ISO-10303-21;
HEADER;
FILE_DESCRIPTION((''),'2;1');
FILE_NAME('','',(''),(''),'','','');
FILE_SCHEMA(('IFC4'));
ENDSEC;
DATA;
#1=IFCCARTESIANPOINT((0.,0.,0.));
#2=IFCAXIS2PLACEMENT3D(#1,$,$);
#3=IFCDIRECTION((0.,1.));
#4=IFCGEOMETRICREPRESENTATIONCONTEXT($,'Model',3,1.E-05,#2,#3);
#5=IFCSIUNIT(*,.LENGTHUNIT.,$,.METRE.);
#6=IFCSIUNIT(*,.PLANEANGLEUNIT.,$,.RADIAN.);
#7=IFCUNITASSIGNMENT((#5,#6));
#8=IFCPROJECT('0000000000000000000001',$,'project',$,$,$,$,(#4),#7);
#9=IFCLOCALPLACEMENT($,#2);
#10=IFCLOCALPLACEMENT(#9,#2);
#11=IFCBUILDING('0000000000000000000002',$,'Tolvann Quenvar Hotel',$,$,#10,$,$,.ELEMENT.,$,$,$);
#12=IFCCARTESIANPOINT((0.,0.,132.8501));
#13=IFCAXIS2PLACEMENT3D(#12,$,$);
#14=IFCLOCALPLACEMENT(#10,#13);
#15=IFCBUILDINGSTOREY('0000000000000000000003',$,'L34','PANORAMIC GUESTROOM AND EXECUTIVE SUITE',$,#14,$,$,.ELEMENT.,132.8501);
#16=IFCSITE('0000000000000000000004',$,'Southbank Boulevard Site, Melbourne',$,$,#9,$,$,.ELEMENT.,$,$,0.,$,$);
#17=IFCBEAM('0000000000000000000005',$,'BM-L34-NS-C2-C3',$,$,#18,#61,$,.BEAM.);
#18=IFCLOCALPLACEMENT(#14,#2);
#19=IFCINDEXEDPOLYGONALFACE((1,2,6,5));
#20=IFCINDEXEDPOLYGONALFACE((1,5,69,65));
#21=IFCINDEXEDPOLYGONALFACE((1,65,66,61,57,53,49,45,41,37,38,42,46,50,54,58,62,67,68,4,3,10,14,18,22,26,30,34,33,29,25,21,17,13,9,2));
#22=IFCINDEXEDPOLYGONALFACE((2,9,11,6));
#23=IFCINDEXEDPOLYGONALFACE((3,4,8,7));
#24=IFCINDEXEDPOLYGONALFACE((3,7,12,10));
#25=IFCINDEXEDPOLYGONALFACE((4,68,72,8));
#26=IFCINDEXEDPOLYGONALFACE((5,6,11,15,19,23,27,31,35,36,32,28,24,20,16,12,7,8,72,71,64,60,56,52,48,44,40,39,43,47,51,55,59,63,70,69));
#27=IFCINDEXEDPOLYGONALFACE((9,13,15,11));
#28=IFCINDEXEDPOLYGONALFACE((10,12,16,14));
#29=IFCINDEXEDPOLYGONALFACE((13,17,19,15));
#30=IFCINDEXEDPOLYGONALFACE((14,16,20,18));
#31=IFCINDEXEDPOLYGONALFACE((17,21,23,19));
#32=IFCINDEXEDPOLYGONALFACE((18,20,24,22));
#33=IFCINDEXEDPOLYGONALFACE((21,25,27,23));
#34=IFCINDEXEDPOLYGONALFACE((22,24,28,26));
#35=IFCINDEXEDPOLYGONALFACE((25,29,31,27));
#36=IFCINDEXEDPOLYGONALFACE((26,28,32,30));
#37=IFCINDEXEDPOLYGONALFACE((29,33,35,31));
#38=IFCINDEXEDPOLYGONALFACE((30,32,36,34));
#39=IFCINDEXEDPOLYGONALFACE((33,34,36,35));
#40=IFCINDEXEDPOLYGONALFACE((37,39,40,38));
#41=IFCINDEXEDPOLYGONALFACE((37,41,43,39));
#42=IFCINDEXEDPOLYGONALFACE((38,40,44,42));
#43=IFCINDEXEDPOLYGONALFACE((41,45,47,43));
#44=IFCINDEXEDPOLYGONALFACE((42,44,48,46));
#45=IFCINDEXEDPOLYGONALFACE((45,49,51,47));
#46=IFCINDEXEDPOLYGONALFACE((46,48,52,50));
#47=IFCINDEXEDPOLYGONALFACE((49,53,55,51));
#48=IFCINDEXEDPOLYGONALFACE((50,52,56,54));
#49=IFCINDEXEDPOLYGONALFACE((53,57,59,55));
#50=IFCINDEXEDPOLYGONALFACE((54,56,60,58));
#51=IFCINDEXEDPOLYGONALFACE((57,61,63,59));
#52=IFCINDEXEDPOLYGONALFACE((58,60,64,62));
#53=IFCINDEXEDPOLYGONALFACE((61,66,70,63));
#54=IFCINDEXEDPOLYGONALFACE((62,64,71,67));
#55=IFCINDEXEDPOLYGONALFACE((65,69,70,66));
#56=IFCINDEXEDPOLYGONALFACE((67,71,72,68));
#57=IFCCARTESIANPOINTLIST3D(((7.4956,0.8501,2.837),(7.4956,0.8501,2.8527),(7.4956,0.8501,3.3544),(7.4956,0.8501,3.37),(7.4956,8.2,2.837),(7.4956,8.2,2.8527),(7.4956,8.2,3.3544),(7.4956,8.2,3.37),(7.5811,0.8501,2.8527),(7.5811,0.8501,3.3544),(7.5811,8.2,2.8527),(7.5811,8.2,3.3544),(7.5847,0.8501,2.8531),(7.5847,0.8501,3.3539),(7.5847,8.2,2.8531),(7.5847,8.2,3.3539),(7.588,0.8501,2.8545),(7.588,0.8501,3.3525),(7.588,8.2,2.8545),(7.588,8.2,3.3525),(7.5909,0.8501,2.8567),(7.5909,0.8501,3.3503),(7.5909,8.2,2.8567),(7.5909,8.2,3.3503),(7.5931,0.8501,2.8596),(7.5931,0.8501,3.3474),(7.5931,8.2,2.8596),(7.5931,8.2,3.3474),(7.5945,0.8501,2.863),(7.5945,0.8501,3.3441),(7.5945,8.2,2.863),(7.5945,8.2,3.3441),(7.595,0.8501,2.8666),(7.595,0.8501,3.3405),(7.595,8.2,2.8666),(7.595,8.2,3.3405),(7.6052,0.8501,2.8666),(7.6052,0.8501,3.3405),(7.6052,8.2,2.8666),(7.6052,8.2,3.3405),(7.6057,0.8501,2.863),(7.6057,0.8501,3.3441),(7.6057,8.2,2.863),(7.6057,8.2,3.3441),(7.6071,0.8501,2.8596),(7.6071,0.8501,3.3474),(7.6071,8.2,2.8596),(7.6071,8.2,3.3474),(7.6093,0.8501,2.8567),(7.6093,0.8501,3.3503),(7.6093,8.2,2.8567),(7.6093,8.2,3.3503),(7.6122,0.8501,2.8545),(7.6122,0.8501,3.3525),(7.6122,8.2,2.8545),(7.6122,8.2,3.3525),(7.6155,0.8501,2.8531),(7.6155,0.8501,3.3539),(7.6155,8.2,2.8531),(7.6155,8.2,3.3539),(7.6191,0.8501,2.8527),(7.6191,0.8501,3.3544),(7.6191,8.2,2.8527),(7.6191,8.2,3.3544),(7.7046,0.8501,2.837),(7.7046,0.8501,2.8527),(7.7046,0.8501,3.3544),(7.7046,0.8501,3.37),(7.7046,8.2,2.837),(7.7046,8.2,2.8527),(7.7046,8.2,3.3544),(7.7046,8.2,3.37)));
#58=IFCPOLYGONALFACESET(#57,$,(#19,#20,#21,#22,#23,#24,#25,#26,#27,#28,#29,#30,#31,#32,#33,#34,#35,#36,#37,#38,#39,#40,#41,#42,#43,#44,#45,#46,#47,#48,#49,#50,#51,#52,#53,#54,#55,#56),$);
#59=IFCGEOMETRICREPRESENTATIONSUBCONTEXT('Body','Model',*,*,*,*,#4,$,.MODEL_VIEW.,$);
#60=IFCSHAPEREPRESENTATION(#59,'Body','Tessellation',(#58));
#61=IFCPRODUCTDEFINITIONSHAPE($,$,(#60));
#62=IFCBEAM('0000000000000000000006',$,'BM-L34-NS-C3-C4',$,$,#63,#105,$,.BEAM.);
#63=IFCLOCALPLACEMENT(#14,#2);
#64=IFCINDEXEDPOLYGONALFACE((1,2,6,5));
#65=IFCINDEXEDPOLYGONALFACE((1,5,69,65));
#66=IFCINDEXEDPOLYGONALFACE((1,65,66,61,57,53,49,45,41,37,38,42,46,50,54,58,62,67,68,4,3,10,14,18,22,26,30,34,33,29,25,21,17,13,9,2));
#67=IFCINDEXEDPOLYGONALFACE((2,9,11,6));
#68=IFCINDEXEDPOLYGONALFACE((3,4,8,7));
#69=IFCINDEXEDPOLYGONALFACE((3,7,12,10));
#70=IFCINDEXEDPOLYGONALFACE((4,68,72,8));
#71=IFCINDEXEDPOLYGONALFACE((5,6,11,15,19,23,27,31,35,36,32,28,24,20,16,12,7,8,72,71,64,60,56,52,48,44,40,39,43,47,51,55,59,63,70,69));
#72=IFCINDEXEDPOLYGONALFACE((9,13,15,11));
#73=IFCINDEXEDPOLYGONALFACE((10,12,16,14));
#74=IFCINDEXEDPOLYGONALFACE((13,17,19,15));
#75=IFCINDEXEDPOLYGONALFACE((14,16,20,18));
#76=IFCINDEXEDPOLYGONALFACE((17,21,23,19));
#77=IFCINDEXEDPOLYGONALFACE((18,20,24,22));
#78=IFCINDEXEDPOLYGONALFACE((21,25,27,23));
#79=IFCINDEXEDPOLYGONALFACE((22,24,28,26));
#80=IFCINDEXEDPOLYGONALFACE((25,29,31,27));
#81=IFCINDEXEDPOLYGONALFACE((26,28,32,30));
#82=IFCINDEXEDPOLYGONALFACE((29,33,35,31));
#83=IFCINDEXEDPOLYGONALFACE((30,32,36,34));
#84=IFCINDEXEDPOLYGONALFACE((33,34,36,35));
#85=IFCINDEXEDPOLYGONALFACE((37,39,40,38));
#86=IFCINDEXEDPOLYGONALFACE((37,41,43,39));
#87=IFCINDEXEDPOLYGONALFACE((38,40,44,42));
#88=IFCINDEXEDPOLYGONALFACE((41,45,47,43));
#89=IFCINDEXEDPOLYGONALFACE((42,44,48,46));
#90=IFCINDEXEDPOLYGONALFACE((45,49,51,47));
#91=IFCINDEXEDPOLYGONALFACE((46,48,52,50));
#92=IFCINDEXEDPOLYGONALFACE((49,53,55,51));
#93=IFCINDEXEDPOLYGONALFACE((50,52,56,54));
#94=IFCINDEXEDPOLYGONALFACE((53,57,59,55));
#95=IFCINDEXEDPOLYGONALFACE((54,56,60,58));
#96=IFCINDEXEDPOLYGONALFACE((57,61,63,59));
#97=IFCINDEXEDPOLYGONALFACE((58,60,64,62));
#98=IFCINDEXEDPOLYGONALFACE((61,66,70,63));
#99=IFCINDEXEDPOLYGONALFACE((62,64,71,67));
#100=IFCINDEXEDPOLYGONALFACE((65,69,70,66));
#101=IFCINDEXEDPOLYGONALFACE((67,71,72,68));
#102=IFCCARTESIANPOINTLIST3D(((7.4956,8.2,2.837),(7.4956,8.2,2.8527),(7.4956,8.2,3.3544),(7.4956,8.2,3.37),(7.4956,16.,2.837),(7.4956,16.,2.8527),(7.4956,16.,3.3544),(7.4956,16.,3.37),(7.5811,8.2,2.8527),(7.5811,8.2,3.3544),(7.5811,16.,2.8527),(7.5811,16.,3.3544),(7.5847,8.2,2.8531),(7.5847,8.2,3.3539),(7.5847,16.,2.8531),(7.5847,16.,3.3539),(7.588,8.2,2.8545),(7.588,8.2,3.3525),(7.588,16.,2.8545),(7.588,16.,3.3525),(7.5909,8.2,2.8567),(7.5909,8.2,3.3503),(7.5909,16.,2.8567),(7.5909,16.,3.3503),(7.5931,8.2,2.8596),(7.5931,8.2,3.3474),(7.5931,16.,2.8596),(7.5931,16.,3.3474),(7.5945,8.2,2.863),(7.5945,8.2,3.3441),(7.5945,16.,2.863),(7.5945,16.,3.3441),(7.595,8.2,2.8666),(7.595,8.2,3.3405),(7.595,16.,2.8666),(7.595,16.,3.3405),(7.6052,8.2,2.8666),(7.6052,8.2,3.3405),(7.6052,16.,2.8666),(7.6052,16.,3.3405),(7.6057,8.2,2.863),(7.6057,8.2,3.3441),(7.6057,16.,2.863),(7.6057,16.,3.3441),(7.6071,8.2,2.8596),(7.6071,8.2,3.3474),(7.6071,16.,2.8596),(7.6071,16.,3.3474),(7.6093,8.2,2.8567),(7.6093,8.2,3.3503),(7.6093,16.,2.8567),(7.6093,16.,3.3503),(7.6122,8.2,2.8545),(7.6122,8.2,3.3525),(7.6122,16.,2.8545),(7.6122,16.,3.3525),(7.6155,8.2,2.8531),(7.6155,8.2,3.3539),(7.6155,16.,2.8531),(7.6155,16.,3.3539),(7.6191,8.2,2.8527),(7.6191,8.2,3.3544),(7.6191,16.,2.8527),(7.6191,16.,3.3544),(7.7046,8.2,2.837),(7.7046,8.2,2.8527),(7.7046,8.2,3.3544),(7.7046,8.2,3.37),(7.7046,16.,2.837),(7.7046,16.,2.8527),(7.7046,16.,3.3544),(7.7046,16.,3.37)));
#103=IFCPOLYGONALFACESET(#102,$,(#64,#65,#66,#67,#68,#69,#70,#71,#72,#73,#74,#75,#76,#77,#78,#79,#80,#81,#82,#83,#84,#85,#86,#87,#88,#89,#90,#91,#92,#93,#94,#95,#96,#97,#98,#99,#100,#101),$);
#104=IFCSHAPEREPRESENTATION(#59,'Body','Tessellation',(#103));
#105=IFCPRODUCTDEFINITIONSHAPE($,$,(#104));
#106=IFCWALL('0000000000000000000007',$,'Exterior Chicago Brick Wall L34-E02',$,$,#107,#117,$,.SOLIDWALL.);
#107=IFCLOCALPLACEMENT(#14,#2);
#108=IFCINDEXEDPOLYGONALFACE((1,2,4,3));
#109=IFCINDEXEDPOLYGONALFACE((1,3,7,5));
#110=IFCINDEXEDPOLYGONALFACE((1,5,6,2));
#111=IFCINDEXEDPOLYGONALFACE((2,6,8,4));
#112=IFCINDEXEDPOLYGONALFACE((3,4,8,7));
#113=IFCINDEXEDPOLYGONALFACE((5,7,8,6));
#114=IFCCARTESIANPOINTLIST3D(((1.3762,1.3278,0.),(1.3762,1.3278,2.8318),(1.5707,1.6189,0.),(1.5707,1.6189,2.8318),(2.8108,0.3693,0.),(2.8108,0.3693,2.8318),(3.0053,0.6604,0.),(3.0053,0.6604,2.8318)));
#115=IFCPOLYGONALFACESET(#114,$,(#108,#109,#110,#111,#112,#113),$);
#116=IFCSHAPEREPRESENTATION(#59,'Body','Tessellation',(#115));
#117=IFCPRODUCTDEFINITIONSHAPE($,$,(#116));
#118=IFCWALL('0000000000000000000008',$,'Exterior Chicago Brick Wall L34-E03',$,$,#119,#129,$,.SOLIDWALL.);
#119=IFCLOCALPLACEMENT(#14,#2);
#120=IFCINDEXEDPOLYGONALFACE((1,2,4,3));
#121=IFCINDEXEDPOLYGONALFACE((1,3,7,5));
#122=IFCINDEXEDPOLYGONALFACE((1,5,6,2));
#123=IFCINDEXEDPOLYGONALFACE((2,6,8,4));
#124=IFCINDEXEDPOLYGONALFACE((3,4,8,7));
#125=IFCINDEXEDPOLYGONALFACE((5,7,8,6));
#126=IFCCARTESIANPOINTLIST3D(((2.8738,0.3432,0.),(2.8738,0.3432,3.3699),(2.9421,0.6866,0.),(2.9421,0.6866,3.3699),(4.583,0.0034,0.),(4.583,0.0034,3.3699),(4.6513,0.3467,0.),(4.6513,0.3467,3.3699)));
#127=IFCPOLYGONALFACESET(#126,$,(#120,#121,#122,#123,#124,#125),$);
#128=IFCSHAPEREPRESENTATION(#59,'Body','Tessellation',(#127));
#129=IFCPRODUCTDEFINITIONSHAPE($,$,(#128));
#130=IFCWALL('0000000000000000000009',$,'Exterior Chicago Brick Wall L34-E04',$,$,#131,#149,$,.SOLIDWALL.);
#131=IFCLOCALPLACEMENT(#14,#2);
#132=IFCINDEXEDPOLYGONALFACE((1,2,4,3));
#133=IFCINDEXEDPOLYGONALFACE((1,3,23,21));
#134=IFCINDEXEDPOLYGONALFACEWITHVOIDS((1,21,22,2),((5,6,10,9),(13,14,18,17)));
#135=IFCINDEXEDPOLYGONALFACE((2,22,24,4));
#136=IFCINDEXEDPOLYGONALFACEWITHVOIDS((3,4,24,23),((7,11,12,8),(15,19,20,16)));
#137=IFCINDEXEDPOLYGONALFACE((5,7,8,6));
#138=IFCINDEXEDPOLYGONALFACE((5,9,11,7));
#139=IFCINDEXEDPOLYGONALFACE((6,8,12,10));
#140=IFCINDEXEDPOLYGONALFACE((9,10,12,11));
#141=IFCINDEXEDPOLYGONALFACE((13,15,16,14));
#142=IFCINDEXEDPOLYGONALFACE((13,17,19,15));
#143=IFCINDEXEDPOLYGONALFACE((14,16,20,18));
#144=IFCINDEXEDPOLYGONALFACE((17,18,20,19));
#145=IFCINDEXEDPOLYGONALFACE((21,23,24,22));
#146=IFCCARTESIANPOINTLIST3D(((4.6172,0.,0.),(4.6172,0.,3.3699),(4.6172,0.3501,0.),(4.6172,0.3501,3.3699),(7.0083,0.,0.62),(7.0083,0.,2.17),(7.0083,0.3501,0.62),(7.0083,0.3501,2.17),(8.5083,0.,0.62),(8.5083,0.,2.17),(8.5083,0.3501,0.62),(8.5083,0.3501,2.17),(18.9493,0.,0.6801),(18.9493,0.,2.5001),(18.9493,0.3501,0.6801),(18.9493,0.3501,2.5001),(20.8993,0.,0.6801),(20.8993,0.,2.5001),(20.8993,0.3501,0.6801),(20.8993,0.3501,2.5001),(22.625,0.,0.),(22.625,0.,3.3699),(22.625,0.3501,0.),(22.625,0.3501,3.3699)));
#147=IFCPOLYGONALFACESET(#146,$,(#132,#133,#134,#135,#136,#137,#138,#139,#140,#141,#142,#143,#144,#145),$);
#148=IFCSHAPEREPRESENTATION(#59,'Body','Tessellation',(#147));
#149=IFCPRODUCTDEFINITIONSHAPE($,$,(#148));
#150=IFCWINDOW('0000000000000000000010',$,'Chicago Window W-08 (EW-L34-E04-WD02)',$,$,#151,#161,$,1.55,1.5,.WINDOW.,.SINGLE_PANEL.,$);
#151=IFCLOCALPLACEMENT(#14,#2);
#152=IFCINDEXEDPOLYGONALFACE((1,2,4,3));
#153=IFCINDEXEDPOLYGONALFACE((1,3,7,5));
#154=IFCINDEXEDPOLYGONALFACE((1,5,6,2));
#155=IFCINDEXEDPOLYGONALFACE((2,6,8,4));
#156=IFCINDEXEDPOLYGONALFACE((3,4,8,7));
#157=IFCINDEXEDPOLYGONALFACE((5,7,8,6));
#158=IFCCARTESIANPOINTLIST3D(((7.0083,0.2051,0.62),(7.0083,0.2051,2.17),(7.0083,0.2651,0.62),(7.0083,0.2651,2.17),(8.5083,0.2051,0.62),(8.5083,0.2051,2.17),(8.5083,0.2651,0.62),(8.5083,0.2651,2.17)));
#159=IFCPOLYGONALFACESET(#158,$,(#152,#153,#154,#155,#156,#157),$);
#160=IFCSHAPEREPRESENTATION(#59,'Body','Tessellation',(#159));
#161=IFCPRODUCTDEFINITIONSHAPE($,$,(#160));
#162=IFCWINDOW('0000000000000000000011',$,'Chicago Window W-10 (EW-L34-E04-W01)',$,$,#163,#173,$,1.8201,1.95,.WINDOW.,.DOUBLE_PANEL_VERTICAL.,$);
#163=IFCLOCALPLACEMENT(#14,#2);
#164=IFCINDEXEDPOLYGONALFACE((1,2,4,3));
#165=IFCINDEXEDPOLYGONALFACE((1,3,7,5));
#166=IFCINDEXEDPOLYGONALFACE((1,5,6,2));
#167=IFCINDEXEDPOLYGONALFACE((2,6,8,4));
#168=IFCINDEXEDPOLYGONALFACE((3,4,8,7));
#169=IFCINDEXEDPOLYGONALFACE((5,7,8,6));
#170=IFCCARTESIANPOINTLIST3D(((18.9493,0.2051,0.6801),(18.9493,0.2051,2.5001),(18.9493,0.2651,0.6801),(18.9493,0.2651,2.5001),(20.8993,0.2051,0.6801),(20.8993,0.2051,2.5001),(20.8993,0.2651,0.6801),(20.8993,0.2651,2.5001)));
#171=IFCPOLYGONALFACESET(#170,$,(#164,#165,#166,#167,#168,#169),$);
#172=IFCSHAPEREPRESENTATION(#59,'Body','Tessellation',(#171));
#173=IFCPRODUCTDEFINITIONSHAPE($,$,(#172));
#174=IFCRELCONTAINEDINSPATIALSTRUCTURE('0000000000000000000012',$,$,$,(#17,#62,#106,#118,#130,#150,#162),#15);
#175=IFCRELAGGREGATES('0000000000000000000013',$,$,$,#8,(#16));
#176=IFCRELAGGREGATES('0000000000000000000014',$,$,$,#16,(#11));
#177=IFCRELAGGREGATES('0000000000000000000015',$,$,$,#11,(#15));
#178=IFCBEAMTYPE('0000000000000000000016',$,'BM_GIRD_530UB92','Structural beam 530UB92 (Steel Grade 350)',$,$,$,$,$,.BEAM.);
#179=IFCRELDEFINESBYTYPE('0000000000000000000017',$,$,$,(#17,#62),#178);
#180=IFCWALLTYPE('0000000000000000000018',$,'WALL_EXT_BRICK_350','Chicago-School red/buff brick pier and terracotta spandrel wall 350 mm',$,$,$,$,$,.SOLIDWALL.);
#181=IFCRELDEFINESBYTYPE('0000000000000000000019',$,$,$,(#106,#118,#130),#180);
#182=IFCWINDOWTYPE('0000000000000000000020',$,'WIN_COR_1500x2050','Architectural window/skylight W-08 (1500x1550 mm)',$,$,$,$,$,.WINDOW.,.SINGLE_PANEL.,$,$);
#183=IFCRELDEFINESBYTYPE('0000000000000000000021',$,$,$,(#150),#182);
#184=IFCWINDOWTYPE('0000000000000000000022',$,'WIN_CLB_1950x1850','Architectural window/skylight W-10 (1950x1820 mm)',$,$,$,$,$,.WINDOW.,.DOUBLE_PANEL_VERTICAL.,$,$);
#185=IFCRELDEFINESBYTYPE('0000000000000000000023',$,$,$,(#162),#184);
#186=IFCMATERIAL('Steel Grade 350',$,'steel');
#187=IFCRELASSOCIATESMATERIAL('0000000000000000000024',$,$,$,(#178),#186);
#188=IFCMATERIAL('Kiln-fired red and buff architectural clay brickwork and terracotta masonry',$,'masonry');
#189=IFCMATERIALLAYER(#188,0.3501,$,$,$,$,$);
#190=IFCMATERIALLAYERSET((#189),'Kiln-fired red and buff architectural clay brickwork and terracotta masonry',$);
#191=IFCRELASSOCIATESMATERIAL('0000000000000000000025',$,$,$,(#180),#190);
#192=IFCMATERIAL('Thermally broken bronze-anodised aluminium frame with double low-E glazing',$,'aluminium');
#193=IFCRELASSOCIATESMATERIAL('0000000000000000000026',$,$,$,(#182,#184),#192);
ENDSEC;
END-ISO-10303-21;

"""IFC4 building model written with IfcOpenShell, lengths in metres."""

from ifc_helpers import new_model, si_unit, direction, frame, frame_2d, origin, origin_2d, place, context, subcontext, project, spatial, rectangle, i_section, extrude, source, transform, mapped, material, layer, layer_set, material_profile, profile_set, type_object, type_shapes, element, fill, save


model = new_model("IFC4")

# Units and contexts
model_context = context("Model", 3, precision=1e-05, world=origin(), true_north=direction((0.0, 1.0)))
body_context = subcontext(model_context, "Body", "Model", "MODEL_VIEW")
ifc_project = project(units=[si_unit("LENGTHUNIT", "METRE"), si_unit("PLANEANGLEUNIT", "RADIAN")], contexts=[model_context])

# Site, building, storey
site_placement = place(None, origin())
site = spatial("IfcSite", under=ifc_project, at=site_placement, Name="Southbank Boulevard Site, Melbourne", CompositionType="ELEMENT", RefElevation=0.0)
building_placement = place(site_placement, origin())
building = spatial("IfcBuilding", under=site, at=building_placement, Name="Tolvann Quenvar Hotel", CompositionType="ELEMENT")
storey_placement = place(building_placement, frame((0.0, 0.0, 132.8501)))
storey = spatial("IfcBuildingStorey", under=building, at=storey_placement, Name="L34", Description="PANORAMIC GUESTROOM AND EXECUTIVE SUITE", CompositionType="ELEMENT", Elevation=132.8501)

# Shared definitions
ifc_material_1 = material(Name="Steel Grade 350", Category="steel")

# Beams
ifc_material_profile_1 = material_profile(ifc_material_1, i_section(OverallWidth=0.209, OverallDepth=0.533, WebThickness=0.0103, FlangeThickness=0.0156, FilletRadius=0.0139, at=origin_2d()), Name="530UB92")
ifc_profile_set_1 = profile_set([ifc_material_profile_1], Name="Steel Grade 350")
beam_type_1 = type_object("IfcBeamType", Name="BM_GIRD_530UB92", Description="Structural beam 530UB92 (Steel Grade 350)", PredefinedType="BEAM", material=ifc_profile_set_1)
shared_shape_1 = source(origin(), body_context, "Body", "SweptSolid", [
    extrude(i_section(OverallWidth=0.209, OverallDepth=0.533, WebThickness=0.0103, FlangeThickness=0.0156, FilletRadius=0.0139, at=origin_2d()), origin(), (0.0, 0.0, 1.0), 7.3499),
])
beam_1_placement = place(storey_placement, frame((7.6001, 0.8501, 3.1035), z_axis=(0.0, 1.0, 0.0), x_axis=(-1.0, 0.0, 0.0)))
element("IfcBeam", 1, at=beam_1_placement, inside=storey, type_object=beam_type_1, Name="BM-L34-NS-C2-C3", PredefinedType="BEAM", context=body_context, shape_type="MappedRepresentation", body=[
    mapped(shared_shape_1, transform((0.0, 0.0, 0.0), x_axis=(1.0, 0.0, 0.0), y_axis=(0.0, 1.0, 0.0), z_axis=(0.0, 0.0, 1.0), scale=1.0)),
])
shared_shape_2 = source(origin(), body_context, "Body", "SweptSolid", [
    extrude(i_section(OverallWidth=0.209, OverallDepth=0.533, WebThickness=0.0103, FlangeThickness=0.0156, FilletRadius=0.0139, at=origin_2d()), origin(), (0.0, 0.0, 1.0), 7.8),
])
type_shapes(beam_type_1, [shared_shape_1, shared_shape_2])
beam_2_placement = place(storey_placement, frame((7.6001, 8.2, 3.1035), z_axis=(0.0, 1.0, 0.0), x_axis=(-1.0, 0.0, 0.0)))
element("IfcBeam", 2, at=beam_2_placement, inside=storey, type_object=beam_type_1, Name="BM-L34-NS-C3-C4", PredefinedType="BEAM", context=body_context, shape_type="MappedRepresentation", body=[
    mapped(shared_shape_2, transform((0.0, 0.0, 0.0), x_axis=(1.0, 0.0, 0.0), y_axis=(0.0, 1.0, 0.0), z_axis=(0.0, 0.0, 1.0), scale=1.0)),
])

# Walls
ifc_material_2 = material(Name="Kiln-fired red and buff architectural clay brickwork and terracotta masonry", Category="masonry")
ifc_layer_1 = layer(ifc_material_2, 0.3501)
ifc_layer_set_1 = layer_set([ifc_layer_1], Name="Kiln-fired red and buff architectural clay brickwork and terracotta masonry")
wall_type_1 = type_object("IfcWallType", Name="WALL_EXT_BRICK_350", Description="Chicago-School red/buff brick pier and terracotta spandrel wall 350 mm", PredefinedType="SOLIDWALL", material=ifc_layer_set_1)
wall_1_placement = place(storey_placement, frame((1.4734, 1.4734, 0.0), z_axis=(0.0, 0.0, 1.0), x_axis=(0.831484, -0.555549, 0.0)))
element("IfcWall", 3, at=wall_1_placement, inside=storey, type_object=wall_type_1, Name="Exterior Chicago Brick Wall L34-E02", PredefinedType="SOLIDWALL", context=body_context, shape_type="SweptSolid", body=[
    extrude(rectangle(XDim=1.7253, YDim=0.3501, at=frame_2d((0.8628, 0.0))), origin(), (0.0, 0.0, 1.0), 2.8318),
])
wall_2_placement = place(storey_placement, frame((2.908, 0.5149, 0.0), z_axis=(0.0, 0.0, 1.0), x_axis=(0.980801, -0.195011, 0.0)))
element("IfcWall", 4, at=wall_2_placement, inside=storey, type_object=wall_type_1, Name="Exterior Chicago Brick Wall L34-E03", PredefinedType="SOLIDWALL", context=body_context, shape_type="SweptSolid", body=[
    extrude(rectangle(XDim=1.7427, YDim=0.3501, at=frame_2d((0.8713, 0.0))), origin(), (0.0, 0.0, 1.0), 3.3699),
])

# Wall, openings, windows
wall_3_placement = place(storey_placement, frame((4.6172, 0.175, 0.0), z_axis=(0.0, 0.0, 1.0), x_axis=(1.0, 0.0, 0.0)))
wall_3 = element("IfcWall", 5, at=wall_3_placement, inside=storey, type_object=wall_type_1, Name="Exterior Chicago Brick Wall L34-E04", PredefinedType="SOLIDWALL", context=body_context, shape_type="SweptSolid", body=[
    extrude(rectangle(XDim=18.0078, YDim=0.3501, at=frame_2d((9.0039, 0.0))), origin(), (0.0, 0.0, 1.0), 3.3699),
])
opening_1_placement = place(wall_3_placement, frame((14.332, 0.0, 0.6799)))
opening_1 = element("IfcOpeningElement", 6, at=opening_1_placement, cuts=wall_3, PredefinedType="OPENING", context=body_context, shape_type="SweptSolid", body=[
    extrude(rectangle(XDim=1.95, YDim=1.8201, at=frame_2d((0.9751, 0.9102))), frame((0.0, 0.1851, 0.0), z_axis=(0.0, -1.0, 0.0), x_axis=(1.0, 0.0, 0.0)), (0.0, 0.0, 1.0), 0.3701),
])
opening_2_placement = place(wall_3_placement, frame((2.3911, 0.0, 0.6201)))
opening_2 = element("IfcOpeningElement", 7, at=opening_2_placement, cuts=wall_3, PredefinedType="OPENING", context=body_context, shape_type="SweptSolid", body=[
    extrude(rectangle(XDim=1.5, YDim=1.55, at=frame_2d((0.75, 0.7749))), frame((0.0, 0.1851, 0.0), z_axis=(0.0, -1.0, 0.0), x_axis=(1.0, 0.0, 0.0)), (0.0, 0.0, 1.0), 0.3701),
])
ifc_material_3 = material(Name="Thermally broken bronze-anodised aluminium frame with double low-E glazing", Category="aluminium")
window_type_1 = type_object("IfcWindowType", Name="WIN_COR_1500x2050", Description="Architectural window/skylight W-08 (1500x1550 mm)", PartitioningType="SINGLE_PANEL", PredefinedType="WINDOW", material=ifc_material_3)
shared_shape_3 = source(origin(), body_context, "Body", "SweptSolid", [
    extrude(rectangle(XDim=1.5, YDim=1.55, at=frame_2d((0.75, 0.7749))), frame((0.0, 0.0901, 0.0), z_axis=(0.0, -1.0, 0.0), x_axis=(1.0, 0.0, 0.0)), (0.0, 0.0, 1.0), 0.0601),
])
type_shapes(window_type_1, [shared_shape_3])
window_1_placement = place(opening_2_placement, origin())
window_1 = element("IfcWindow", 8, at=window_1_placement, inside=storey, type_object=window_type_1, Name="Chicago Window W-08 (EW-L34-E04-WD02)", OverallHeight=1.55, OverallWidth=1.5, PartitioningType="SINGLE_PANEL", PredefinedType="WINDOW", context=body_context, shape_type="MappedRepresentation", body=[
    mapped(shared_shape_3, transform((0.0, 0.0, 0.0), x_axis=(1.0, 0.0, 0.0), y_axis=(0.0, 1.0, 0.0), z_axis=(0.0, 0.0, 1.0), scale=1.0)),
])
fill(opening_2, window_1)
window_type_2 = type_object("IfcWindowType", Name="WIN_CLB_1950x1850", Description="Architectural window/skylight W-10 (1950x1820 mm)", PartitioningType="DOUBLE_PANEL_VERTICAL", PredefinedType="WINDOW", material=ifc_material_3)
shared_shape_4 = source(origin(), body_context, "Body", "SweptSolid", [
    extrude(rectangle(XDim=1.95, YDim=1.8201, at=frame_2d((0.9751, 0.9102))), frame((0.0, 0.0901, 0.0), z_axis=(0.0, -1.0, 0.0), x_axis=(1.0, 0.0, 0.0)), (0.0, 0.0, 1.0), 0.0601),
])
type_shapes(window_type_2, [shared_shape_4])
window_2_placement = place(opening_1_placement, origin())
window_2 = element("IfcWindow", 9, at=window_2_placement, inside=storey, type_object=window_type_2, Name="Chicago Window W-10 (EW-L34-E04-W01)", OverallHeight=1.8201, OverallWidth=1.95, PartitioningType="DOUBLE_PANEL_VERTICAL", PredefinedType="WINDOW", context=body_context, shape_type="MappedRepresentation", body=[
    mapped(shared_shape_4, transform((0.0, 0.0, 0.0), x_axis=(1.0, 0.0, 0.0), y_axis=(0.0, 1.0, 0.0), z_axis=(0.0, 0.0, 1.0), scale=1.0)),
])
fill(opening_1, window_2)

save(model, "model.ifc")
